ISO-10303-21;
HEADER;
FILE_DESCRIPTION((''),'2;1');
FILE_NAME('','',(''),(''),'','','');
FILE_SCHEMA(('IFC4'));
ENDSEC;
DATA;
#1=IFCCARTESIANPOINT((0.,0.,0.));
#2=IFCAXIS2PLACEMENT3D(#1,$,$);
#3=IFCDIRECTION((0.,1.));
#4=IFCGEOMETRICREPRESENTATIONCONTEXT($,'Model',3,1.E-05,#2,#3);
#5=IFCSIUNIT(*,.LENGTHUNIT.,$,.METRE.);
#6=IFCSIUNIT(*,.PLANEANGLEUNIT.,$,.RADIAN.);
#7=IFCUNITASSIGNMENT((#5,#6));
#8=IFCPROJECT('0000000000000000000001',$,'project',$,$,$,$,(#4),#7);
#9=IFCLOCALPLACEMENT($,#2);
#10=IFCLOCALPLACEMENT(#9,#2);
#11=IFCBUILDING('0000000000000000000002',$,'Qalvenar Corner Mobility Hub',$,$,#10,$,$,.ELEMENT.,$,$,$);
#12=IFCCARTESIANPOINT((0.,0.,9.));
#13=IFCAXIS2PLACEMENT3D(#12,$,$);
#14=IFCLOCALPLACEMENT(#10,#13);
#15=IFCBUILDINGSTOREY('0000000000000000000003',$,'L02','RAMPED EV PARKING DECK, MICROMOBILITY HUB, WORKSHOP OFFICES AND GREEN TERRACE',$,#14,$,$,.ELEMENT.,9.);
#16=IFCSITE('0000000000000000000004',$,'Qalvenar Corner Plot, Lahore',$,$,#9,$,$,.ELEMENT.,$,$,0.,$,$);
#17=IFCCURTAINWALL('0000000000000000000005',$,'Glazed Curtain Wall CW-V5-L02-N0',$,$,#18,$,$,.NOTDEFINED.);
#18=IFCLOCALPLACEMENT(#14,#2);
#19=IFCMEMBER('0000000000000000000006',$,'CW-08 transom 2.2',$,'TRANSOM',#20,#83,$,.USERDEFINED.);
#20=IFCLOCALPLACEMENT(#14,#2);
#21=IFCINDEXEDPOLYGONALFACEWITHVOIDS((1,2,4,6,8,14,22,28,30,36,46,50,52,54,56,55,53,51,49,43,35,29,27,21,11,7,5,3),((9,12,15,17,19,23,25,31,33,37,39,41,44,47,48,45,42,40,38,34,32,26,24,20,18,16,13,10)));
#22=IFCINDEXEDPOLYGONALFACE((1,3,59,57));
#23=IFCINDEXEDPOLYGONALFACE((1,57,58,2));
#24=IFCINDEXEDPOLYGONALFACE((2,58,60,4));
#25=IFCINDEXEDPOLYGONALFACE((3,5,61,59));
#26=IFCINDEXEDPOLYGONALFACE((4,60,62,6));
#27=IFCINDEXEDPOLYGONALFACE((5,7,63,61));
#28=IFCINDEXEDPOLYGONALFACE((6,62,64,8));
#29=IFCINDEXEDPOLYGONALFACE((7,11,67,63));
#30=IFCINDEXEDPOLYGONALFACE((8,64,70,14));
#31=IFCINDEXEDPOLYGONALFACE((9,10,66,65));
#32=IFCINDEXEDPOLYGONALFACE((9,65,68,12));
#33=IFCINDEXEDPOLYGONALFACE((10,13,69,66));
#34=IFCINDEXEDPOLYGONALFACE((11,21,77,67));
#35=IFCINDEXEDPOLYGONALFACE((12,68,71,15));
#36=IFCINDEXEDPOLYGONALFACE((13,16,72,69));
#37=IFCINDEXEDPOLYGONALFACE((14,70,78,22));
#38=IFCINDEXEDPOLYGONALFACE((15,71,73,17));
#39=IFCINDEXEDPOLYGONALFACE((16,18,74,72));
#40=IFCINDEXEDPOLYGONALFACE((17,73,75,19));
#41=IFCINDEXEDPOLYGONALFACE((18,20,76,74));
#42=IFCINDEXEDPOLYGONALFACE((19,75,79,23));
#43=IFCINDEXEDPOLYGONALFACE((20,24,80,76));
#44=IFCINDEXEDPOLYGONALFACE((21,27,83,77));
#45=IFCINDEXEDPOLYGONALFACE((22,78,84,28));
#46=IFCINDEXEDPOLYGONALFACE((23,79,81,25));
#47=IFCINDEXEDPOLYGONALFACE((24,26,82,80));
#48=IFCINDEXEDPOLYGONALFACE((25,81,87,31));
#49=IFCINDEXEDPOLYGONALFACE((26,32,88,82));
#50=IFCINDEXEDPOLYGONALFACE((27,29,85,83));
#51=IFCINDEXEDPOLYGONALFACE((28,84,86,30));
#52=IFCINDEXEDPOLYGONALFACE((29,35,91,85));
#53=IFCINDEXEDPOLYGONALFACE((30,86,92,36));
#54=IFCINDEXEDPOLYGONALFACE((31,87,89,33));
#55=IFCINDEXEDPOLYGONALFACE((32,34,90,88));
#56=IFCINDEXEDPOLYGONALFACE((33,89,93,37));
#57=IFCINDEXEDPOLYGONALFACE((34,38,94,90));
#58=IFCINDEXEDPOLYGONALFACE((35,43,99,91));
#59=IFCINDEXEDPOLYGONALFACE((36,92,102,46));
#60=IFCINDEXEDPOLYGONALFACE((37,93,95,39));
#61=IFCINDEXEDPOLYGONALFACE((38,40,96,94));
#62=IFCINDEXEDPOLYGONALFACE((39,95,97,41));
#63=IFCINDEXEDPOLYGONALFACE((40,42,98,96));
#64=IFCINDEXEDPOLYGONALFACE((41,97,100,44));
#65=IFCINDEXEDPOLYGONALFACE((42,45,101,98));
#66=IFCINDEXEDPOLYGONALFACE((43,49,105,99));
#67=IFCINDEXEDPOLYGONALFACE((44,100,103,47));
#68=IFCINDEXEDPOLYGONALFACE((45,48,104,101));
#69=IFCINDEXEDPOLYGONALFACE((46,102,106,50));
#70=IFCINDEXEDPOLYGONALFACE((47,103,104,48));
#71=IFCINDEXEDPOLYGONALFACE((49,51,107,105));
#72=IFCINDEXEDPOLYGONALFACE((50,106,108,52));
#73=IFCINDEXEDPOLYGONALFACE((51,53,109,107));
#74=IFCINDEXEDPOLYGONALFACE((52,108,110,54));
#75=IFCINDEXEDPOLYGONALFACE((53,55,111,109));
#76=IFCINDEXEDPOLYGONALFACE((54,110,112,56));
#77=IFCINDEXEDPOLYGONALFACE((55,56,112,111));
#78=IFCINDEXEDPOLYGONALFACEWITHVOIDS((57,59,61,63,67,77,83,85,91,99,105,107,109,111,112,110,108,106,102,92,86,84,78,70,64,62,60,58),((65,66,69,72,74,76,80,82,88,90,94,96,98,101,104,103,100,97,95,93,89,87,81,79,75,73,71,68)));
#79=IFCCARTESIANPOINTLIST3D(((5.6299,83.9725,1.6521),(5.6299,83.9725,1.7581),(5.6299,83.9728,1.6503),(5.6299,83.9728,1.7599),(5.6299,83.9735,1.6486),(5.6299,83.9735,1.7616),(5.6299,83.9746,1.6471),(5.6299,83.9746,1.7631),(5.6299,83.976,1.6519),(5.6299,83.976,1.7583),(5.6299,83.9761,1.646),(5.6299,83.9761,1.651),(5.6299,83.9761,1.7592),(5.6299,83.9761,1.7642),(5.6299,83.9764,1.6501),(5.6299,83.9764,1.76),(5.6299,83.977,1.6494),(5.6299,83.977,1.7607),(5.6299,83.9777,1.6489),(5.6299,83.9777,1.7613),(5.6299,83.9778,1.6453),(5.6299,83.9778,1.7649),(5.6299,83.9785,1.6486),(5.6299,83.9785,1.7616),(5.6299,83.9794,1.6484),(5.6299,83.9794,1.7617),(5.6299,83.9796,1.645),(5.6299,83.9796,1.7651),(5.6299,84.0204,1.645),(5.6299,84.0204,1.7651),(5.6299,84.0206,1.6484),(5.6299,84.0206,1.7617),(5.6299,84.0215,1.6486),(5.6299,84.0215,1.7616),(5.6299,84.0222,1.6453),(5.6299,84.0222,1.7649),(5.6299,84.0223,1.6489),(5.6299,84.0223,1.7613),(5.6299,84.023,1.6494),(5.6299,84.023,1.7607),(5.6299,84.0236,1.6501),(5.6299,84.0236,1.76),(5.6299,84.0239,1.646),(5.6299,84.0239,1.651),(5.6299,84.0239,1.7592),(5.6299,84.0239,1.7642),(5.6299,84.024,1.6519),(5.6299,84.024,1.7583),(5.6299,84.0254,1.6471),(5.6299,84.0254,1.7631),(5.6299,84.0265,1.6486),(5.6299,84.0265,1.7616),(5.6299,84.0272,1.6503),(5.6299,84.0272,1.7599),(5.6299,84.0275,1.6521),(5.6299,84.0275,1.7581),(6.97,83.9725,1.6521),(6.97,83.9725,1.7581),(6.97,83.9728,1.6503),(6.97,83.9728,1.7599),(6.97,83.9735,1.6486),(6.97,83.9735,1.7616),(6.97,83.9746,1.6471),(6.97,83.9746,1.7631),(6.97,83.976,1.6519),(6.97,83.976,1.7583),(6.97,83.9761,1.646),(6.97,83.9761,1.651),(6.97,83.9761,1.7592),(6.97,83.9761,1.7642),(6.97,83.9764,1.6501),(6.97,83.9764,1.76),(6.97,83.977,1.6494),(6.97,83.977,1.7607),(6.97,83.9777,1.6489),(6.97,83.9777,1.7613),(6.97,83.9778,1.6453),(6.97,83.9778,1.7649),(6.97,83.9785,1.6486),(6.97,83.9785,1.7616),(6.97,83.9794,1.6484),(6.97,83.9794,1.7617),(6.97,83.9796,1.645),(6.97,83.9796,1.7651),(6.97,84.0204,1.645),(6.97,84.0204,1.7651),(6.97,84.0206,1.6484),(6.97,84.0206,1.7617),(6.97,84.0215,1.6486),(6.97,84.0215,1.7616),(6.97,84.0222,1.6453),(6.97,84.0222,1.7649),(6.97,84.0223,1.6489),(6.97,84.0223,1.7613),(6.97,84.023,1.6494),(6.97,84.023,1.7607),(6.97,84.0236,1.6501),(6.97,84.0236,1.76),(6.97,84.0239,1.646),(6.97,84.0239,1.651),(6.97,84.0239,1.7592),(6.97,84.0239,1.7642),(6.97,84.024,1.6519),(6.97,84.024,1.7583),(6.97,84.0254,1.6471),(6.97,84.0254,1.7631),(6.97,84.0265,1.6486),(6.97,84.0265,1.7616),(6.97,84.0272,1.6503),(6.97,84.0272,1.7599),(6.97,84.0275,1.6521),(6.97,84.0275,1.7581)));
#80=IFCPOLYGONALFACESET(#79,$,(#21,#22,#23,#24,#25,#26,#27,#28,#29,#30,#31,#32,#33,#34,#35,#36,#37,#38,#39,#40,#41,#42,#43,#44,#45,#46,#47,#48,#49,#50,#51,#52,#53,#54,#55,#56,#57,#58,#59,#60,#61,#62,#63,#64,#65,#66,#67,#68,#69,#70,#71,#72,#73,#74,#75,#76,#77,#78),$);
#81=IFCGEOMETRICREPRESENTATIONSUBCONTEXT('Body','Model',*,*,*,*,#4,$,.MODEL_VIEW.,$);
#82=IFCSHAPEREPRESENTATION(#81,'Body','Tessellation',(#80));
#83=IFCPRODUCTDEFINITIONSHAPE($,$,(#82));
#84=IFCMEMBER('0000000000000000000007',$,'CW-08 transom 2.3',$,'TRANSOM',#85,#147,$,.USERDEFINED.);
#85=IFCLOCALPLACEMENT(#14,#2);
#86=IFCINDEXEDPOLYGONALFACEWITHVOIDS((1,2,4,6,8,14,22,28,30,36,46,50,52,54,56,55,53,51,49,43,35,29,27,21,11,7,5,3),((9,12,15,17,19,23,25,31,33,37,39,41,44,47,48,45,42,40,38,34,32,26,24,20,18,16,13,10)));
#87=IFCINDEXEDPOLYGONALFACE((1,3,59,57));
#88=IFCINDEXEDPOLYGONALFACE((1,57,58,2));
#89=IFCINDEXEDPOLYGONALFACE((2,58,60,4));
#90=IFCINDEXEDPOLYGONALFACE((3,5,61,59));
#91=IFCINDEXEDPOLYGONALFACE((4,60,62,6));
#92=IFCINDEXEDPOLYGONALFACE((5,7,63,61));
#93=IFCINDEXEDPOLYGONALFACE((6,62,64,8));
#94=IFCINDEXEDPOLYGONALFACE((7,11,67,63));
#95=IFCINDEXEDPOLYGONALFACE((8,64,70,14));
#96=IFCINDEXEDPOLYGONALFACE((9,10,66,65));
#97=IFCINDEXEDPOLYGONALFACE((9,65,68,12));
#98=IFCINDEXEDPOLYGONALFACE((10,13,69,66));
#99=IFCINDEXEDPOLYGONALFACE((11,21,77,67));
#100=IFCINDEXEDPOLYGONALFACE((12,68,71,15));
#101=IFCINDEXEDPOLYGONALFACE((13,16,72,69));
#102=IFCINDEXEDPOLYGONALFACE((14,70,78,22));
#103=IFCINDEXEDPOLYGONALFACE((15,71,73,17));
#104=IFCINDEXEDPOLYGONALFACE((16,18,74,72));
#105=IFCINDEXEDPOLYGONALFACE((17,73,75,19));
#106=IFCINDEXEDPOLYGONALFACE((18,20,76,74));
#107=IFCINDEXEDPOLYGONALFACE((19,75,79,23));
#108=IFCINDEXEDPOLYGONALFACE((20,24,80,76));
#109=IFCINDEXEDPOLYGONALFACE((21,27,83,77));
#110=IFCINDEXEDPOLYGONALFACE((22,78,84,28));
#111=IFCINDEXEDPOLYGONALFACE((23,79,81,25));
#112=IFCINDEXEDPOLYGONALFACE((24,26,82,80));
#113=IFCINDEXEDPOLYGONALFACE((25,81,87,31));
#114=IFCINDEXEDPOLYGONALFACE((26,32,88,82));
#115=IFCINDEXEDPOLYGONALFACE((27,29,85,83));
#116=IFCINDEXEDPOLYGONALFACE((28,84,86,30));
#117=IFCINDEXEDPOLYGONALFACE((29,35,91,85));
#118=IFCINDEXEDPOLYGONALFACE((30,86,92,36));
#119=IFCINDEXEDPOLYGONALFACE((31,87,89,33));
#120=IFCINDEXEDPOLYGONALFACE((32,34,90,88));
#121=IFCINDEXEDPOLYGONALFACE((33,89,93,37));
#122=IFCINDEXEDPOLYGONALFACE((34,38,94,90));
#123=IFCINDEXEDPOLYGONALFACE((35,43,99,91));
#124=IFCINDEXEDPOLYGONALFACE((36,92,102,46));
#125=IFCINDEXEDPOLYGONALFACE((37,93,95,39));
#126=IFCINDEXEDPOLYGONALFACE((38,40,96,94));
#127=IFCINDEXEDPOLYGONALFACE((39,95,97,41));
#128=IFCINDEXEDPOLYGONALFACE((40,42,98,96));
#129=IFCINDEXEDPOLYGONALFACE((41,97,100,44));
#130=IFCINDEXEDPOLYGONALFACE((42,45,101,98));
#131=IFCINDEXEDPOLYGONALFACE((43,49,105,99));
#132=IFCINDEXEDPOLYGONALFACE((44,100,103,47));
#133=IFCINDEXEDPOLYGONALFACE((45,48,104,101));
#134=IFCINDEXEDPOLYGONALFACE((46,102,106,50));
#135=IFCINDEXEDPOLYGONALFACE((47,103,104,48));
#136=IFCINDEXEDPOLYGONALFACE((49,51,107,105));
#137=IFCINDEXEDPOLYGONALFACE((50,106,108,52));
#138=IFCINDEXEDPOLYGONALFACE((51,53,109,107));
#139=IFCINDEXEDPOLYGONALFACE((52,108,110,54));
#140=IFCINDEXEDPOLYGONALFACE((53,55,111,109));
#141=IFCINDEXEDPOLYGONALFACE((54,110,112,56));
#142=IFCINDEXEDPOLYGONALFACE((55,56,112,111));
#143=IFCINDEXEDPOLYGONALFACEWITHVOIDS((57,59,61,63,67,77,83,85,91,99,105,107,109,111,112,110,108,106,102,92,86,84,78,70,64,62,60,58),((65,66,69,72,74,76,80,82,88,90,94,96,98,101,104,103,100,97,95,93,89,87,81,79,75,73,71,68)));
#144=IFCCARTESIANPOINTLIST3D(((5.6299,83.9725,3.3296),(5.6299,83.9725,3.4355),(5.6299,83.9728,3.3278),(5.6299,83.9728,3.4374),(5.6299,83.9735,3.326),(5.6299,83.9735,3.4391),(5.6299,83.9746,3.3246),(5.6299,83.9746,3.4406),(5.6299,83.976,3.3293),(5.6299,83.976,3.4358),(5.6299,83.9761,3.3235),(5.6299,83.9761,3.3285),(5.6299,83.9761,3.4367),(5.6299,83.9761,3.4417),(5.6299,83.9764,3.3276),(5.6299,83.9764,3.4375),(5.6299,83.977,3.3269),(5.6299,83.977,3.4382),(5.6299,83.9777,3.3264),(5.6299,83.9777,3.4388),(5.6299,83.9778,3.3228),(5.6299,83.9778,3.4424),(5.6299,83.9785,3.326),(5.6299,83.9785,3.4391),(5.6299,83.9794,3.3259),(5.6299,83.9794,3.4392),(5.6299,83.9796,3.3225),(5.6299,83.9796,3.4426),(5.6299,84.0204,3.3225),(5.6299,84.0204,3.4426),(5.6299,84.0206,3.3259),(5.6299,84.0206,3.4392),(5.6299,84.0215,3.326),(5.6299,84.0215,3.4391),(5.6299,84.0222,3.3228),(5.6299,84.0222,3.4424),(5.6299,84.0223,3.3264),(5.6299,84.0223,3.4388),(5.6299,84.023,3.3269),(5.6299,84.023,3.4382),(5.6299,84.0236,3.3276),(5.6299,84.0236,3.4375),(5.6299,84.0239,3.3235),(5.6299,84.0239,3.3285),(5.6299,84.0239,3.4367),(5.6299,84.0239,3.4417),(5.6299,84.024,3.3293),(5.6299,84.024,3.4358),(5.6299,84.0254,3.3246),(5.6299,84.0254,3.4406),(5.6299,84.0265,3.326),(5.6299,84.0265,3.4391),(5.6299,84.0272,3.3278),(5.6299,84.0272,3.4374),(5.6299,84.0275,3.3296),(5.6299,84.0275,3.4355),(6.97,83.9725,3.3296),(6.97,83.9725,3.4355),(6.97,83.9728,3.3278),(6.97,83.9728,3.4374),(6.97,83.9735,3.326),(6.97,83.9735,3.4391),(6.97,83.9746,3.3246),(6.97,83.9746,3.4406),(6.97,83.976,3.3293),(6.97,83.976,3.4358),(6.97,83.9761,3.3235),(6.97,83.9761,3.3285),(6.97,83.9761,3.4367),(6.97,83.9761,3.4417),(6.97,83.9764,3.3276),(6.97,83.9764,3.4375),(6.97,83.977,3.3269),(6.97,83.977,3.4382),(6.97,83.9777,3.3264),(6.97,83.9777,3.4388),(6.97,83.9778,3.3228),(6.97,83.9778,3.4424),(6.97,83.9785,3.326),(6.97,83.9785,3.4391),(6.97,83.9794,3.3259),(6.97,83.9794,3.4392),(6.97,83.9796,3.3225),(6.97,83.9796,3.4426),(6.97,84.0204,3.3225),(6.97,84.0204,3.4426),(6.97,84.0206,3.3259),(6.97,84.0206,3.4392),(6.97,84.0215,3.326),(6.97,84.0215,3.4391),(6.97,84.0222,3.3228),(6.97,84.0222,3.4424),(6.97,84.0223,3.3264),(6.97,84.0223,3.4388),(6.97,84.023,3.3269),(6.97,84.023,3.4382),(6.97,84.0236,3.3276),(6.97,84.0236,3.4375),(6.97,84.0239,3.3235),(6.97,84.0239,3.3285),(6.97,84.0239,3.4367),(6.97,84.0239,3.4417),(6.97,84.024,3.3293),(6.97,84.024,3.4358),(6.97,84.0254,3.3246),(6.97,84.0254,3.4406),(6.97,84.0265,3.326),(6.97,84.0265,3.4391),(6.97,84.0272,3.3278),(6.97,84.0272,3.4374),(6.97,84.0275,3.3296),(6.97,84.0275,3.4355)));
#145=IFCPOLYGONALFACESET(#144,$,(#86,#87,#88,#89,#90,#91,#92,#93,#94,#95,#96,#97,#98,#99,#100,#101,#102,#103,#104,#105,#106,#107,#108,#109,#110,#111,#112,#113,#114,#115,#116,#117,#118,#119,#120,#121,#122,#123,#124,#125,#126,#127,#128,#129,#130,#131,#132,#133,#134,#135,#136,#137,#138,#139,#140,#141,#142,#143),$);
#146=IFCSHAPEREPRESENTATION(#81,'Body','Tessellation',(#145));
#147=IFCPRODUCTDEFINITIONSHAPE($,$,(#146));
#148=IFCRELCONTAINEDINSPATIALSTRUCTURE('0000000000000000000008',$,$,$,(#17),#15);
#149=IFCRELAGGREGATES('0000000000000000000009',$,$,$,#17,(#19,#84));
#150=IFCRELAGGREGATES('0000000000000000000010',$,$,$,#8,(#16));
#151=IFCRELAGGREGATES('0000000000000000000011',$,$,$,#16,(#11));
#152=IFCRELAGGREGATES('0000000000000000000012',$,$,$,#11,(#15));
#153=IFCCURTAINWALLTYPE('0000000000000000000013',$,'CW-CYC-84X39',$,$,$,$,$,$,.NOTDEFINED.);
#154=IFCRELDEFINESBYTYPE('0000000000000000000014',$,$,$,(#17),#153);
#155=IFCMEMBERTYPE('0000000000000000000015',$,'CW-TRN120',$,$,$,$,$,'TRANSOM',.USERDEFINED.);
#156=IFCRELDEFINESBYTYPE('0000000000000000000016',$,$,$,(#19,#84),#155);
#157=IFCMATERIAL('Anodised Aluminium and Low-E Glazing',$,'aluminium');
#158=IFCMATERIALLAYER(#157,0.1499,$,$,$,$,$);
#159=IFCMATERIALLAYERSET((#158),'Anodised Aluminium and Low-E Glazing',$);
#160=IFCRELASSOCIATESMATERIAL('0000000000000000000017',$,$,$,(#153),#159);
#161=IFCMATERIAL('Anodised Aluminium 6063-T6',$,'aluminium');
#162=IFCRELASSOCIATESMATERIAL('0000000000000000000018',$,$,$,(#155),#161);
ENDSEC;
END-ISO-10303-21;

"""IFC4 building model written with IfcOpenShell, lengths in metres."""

from ifc_helpers import new_model, si_unit, direction, frame, origin, origin_2d, place, context, subcontext, project, spatial, hollow_rectangle, extrude, material, layer, layer_set, material_profile, profile_set, type_object, element, aggregate, save


model = new_model("IFC4")

# Units and contexts
model_context = context("Model", 3, precision=1e-05, world=origin(), true_north=direction((0.0, 1.0)))
body_context = subcontext(model_context, "Body", "Model", "MODEL_VIEW")
ifc_project = project(units=[si_unit("LENGTHUNIT", "METRE"), si_unit("PLANEANGLEUNIT", "RADIAN")], contexts=[model_context])

# Site, building, storey
site_placement = place(None, origin())
site = spatial("IfcSite", under=ifc_project, at=site_placement, Name="Qalvenar Corner Plot, Lahore", CompositionType="ELEMENT", RefElevation=0.0)
building_placement = place(site_placement, origin())
building = spatial("IfcBuilding", under=site, at=building_placement, Name="Qalvenar Corner Mobility Hub", CompositionType="ELEMENT")
storey_placement = place(building_placement, frame((0.0, 0.0, 9.0)))
storey = spatial("IfcBuildingStorey", under=building, at=storey_placement, Name="L02", Description="RAMPED EV PARKING DECK, MICROMOBILITY HUB, WORKSHOP OFFICES AND GREEN TERRACE", CompositionType="ELEMENT", Elevation=9.0)

# Curtain wall
ifc_material_1 = material(Name="Anodised Aluminium and Low-E Glazing", Category="aluminium")
ifc_layer_1 = layer(ifc_material_1, 0.1499)
ifc_layer_set_1 = layer_set([ifc_layer_1], Name="Anodised Aluminium and Low-E Glazing")
curtain_wall_type = type_object("IfcCurtainWallType", Name="CW-CYC-84X39", PredefinedType="NOTDEFINED", material=ifc_layer_set_1)
curtain_wall_1_placement = place(storey_placement, origin())
curtain_wall_1 = element("IfcCurtainWall", 1, at=curtain_wall_1_placement, inside=storey, type_object=curtain_wall_type, Name="Glazed Curtain Wall CW-V5-L02-N0", PredefinedType="NOTDEFINED")
ifc_material_2 = material(Name="Anodised Aluminium 6063-T6", Category="aluminium")

# Members
ifc_material_profile_1 = material_profile(ifc_material_2, hollow_rectangle(XDim=0.0549, YDim=0.1201, WallThickness=0.0034, InnerFilletRadius=0.0034, OuterFilletRadius=0.0071, at=origin_2d()), Name="RHS120x55x3.5")
ifc_profile_set_1 = profile_set([ifc_material_profile_1], Name="Anodised Aluminium 6063-T6")
member_type_1 = type_object("IfcMemberType", Name="CW-TRN120", ElementType="TRANSOM", PredefinedType="USERDEFINED", material=ifc_profile_set_1)
member_1_placement = place(storey_placement, frame((6.97, 84.0, 1.7051), z_axis=(-1.0, 0.0, 0.0), x_axis=(0.0, -1.0, 0.0)))
member_1 = element("IfcMember", 2, at=member_1_placement, type_object=member_type_1, Name="CW-08 transom 2.2", ObjectType="TRANSOM", PredefinedType="USERDEFINED", context=body_context, shape_type="SweptSolid", body=[
    extrude(hollow_rectangle(XDim=0.0549, YDim=0.1201, WallThickness=0.0034, InnerFilletRadius=0.0034, OuterFilletRadius=0.0071, at=origin_2d()), origin(), (0.0, 0.0, 1.0), 1.3401),
])
member_2_placement = place(storey_placement, frame((6.97, 84.0, 3.3826), z_axis=(-1.0, 0.0, 0.0), x_axis=(0.0, -1.0, 0.0)))
member_2 = element("IfcMember", 3, at=member_2_placement, type_object=member_type_1, Name="CW-08 transom 2.3", ObjectType="TRANSOM", PredefinedType="USERDEFINED", context=body_context, shape_type="SweptSolid", body=[
    extrude(hollow_rectangle(XDim=0.0549, YDim=0.1201, WallThickness=0.0034, InnerFilletRadius=0.0034, OuterFilletRadius=0.0071, at=origin_2d()), origin(), (0.0, 0.0, 1.0), 1.3401),
])

aggregate(curtain_wall_1, [member_1, member_2])

save(model, "model.ifc")
